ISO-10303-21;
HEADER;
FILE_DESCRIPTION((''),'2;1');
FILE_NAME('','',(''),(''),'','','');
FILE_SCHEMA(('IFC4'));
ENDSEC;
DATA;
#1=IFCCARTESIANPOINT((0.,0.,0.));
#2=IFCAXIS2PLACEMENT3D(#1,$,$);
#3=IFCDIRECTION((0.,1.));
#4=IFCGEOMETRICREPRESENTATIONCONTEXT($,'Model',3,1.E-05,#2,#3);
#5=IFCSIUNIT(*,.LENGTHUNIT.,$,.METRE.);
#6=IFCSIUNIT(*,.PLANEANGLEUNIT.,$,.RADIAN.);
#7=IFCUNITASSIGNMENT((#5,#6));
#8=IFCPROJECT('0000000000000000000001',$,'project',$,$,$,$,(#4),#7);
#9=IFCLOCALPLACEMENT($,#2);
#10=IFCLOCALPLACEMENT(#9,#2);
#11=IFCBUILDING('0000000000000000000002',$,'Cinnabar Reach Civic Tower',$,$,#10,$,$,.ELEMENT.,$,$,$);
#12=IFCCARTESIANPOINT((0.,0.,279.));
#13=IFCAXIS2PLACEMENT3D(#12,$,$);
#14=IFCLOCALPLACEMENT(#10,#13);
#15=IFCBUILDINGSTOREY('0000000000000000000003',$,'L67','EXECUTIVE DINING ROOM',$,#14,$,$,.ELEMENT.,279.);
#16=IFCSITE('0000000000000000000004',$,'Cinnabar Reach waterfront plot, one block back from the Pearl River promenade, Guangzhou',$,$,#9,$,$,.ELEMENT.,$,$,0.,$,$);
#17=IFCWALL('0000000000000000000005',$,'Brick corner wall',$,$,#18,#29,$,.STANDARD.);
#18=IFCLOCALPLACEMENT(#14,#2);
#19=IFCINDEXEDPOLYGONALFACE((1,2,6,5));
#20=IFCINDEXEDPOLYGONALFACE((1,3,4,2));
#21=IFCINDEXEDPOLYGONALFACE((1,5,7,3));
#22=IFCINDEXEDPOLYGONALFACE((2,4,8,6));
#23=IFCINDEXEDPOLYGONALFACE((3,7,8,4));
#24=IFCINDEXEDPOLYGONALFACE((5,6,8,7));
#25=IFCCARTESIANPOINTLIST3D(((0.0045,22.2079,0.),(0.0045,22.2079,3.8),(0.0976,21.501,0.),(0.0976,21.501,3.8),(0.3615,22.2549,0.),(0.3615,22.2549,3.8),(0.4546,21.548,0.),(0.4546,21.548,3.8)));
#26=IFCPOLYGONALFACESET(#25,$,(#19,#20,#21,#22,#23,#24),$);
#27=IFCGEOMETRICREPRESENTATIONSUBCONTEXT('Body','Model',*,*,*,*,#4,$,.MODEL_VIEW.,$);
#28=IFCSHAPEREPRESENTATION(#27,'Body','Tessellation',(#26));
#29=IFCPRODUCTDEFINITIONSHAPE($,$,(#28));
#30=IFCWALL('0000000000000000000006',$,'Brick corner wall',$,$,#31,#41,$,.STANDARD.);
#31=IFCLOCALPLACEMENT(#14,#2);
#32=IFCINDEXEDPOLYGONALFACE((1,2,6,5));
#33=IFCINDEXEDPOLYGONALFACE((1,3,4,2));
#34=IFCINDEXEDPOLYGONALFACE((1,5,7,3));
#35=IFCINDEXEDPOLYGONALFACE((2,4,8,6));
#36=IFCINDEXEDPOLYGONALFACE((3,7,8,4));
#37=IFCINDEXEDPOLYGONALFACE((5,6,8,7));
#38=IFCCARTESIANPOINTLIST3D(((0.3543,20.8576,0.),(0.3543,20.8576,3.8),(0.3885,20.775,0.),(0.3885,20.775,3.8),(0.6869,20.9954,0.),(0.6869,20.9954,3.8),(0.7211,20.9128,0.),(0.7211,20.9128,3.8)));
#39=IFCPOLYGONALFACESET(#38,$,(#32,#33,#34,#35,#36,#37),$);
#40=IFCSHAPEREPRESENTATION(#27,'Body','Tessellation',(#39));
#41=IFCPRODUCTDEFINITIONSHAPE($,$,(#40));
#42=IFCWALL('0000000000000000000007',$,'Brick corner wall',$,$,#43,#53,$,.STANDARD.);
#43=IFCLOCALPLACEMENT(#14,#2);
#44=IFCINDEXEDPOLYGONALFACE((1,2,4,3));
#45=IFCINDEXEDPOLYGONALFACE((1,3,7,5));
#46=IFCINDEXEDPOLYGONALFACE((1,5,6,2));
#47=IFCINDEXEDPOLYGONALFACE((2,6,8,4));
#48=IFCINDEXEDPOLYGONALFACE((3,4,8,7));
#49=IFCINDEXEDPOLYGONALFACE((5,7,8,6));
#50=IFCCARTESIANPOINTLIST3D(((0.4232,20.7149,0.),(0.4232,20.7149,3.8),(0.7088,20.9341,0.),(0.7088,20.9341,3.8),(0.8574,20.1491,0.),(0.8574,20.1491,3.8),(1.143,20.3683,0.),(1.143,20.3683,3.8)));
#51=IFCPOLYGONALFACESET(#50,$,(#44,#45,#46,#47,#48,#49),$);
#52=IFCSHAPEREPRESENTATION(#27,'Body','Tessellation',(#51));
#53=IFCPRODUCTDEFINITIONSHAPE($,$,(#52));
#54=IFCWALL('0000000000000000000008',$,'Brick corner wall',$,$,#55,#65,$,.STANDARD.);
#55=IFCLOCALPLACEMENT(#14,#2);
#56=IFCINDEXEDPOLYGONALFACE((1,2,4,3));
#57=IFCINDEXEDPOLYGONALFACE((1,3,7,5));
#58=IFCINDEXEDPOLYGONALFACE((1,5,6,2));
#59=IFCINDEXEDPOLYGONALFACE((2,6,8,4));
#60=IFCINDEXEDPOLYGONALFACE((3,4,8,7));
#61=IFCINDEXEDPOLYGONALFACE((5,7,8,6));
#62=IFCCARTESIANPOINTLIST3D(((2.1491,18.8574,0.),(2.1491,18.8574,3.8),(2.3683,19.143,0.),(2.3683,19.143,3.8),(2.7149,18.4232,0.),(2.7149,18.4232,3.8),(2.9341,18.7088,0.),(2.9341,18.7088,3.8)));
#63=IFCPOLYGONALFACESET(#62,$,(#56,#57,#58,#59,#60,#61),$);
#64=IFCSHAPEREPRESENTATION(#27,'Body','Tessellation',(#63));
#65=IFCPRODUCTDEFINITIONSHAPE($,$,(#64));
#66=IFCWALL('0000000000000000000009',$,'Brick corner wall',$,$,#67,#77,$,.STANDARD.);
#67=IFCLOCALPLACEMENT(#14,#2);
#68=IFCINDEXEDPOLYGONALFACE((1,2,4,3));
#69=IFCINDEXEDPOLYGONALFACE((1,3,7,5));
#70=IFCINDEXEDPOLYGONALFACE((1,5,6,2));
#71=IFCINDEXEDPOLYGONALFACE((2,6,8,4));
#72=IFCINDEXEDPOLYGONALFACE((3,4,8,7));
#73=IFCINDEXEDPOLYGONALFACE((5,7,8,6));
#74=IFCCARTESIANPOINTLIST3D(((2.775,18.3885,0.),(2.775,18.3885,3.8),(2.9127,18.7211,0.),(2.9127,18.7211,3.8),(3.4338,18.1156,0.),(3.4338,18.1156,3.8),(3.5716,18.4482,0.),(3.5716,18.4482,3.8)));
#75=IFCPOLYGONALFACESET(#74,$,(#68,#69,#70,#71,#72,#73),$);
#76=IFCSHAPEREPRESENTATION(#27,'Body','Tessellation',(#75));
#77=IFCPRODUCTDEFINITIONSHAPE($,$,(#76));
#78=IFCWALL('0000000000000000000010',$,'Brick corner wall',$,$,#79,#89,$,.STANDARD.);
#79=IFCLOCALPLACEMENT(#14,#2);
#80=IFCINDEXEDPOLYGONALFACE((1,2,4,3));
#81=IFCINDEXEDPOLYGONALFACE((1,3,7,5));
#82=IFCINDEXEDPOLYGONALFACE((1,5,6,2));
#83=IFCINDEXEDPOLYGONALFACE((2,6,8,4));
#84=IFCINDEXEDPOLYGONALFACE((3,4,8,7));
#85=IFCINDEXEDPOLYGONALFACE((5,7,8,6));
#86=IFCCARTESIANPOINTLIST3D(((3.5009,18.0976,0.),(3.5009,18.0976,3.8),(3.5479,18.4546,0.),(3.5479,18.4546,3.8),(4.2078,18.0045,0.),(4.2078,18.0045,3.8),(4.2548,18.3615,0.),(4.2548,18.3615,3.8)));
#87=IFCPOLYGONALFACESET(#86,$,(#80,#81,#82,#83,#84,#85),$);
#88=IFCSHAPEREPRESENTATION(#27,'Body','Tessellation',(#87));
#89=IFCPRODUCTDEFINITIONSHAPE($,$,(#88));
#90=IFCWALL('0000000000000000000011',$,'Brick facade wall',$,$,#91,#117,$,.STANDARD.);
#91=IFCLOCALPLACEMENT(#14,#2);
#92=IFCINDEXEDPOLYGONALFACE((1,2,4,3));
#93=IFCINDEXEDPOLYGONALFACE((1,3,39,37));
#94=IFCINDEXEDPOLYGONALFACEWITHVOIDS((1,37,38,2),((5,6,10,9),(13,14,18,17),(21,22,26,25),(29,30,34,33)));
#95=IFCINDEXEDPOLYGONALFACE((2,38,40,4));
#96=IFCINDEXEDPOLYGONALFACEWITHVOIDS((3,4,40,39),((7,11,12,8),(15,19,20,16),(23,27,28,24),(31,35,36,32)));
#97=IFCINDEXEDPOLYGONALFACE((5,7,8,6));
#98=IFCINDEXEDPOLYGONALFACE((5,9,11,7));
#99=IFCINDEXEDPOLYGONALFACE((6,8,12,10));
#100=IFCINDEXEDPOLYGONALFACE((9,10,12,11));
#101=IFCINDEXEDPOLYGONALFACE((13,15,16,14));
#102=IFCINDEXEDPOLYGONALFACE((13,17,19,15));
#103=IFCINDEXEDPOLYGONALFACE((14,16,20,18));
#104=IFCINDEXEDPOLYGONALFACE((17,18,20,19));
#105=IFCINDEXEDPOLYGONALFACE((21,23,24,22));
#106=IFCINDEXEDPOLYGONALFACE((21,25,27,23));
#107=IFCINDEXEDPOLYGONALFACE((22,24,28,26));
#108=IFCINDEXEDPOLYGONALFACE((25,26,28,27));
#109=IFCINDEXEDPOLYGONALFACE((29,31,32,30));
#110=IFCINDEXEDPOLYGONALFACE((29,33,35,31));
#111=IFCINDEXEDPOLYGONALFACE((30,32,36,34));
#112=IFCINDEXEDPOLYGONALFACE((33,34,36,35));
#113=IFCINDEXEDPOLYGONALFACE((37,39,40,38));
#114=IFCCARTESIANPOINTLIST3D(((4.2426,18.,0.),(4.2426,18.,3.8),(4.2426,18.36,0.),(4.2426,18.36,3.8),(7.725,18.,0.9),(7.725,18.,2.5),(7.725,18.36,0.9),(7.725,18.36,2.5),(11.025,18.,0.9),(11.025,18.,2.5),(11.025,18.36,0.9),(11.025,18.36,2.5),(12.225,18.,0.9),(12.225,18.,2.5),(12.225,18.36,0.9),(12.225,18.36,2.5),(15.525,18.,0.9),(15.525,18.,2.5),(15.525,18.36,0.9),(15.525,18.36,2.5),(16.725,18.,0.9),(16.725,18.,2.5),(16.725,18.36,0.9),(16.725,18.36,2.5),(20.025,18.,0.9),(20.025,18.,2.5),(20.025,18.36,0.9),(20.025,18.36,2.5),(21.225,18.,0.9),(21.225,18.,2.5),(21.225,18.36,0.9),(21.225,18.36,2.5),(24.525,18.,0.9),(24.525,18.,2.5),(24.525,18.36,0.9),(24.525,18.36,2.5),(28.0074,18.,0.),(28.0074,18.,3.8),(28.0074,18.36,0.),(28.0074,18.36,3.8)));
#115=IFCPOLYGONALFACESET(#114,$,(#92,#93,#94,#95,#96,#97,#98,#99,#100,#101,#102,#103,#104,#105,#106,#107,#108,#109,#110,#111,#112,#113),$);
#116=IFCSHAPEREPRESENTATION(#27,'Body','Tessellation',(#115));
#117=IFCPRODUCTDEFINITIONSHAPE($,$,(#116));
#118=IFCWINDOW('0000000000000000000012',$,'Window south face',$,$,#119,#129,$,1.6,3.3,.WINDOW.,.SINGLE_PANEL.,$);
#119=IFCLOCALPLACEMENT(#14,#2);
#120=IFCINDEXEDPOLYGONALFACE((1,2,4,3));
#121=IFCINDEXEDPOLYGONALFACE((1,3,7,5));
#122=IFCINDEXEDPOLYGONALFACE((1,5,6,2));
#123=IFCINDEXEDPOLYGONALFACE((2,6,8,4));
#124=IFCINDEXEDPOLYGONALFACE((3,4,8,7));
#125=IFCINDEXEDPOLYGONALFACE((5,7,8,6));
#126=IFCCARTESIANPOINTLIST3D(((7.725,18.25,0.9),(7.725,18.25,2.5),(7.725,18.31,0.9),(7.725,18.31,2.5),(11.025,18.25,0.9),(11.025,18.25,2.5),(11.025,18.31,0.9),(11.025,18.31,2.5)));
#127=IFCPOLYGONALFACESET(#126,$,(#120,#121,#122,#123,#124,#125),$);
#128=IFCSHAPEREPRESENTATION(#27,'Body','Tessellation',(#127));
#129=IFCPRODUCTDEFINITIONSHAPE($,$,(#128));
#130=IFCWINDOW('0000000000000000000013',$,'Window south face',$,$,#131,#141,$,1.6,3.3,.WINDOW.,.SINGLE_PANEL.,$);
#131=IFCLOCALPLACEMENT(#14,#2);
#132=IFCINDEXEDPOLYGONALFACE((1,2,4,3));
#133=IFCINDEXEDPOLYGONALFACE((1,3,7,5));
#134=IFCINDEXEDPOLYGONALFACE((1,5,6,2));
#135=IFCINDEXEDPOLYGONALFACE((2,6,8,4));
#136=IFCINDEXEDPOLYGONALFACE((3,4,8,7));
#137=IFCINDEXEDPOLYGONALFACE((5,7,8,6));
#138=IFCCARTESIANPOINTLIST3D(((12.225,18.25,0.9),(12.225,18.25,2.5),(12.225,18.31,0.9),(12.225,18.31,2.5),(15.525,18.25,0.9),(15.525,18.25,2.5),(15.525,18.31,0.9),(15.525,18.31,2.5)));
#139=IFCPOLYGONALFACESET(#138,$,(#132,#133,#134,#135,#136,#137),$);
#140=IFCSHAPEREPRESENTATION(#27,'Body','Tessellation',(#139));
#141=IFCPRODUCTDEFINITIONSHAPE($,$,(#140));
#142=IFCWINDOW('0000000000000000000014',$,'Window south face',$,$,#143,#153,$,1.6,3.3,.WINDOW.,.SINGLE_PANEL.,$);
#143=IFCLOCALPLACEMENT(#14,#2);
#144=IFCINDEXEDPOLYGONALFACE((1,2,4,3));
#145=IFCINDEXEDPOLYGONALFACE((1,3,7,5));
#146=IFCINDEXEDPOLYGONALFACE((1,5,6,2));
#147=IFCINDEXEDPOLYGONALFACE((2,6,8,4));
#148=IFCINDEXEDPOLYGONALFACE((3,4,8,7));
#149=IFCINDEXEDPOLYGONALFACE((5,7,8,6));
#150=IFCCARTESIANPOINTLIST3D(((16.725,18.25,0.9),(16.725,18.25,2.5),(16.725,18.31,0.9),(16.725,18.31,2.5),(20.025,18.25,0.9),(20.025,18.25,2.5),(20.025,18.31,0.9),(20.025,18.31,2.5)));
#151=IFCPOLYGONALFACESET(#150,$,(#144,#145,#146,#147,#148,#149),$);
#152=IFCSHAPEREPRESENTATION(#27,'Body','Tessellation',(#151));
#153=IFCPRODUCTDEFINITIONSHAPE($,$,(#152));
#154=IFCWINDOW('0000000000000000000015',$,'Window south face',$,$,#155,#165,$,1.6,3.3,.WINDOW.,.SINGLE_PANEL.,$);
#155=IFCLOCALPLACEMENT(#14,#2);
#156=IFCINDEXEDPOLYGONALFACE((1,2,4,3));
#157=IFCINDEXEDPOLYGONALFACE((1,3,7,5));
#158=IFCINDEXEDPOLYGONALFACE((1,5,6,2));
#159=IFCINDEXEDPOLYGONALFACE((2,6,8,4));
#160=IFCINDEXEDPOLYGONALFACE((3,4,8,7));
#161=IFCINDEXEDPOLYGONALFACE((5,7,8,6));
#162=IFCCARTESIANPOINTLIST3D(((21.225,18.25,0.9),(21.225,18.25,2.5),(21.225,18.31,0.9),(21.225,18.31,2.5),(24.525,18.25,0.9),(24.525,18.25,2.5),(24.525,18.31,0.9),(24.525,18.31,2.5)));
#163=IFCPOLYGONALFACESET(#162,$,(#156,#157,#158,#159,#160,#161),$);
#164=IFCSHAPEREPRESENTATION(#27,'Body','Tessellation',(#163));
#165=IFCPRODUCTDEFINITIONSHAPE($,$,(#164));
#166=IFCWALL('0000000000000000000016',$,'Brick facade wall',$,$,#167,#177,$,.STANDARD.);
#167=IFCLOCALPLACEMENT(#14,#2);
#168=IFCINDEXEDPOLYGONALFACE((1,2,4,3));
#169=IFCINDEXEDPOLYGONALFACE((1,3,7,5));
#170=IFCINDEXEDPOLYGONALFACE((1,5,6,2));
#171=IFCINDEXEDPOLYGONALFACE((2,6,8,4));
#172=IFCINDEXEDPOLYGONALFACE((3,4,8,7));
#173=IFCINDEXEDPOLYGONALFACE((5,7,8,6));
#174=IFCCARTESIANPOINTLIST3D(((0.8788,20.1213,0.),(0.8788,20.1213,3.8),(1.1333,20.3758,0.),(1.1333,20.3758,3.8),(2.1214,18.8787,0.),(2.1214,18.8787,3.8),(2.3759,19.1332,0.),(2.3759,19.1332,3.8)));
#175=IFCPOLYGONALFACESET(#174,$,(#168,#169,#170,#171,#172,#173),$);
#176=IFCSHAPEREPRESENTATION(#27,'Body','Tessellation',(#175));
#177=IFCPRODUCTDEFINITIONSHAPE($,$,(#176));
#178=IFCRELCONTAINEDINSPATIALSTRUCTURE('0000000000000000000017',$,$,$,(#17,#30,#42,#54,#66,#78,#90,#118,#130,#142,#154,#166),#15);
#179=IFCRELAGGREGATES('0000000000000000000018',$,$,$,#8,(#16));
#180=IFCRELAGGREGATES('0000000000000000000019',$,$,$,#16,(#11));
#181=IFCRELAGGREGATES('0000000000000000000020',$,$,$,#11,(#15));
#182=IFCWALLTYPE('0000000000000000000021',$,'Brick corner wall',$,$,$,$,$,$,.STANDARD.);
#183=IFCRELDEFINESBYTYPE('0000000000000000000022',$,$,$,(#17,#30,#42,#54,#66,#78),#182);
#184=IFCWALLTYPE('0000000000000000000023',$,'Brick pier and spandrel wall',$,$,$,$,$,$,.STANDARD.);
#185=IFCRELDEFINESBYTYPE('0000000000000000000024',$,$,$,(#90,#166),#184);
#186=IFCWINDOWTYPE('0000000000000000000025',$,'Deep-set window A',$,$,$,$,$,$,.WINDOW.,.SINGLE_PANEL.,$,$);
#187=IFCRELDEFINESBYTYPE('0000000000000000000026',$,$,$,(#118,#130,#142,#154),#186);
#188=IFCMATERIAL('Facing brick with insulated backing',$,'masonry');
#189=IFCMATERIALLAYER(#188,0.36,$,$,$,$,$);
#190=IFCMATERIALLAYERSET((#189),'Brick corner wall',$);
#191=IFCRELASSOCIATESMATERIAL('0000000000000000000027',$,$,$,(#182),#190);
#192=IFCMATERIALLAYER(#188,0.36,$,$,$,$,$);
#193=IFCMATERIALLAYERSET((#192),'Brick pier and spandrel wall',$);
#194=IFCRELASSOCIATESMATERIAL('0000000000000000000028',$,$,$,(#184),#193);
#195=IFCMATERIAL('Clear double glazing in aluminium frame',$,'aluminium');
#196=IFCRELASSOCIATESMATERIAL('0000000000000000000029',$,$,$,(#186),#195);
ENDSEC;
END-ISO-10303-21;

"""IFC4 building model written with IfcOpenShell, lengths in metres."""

from ifc_helpers import new_model, si_unit, direction, frame, frame_2d, origin, place, context, subcontext, project, spatial, rectangle, extrude, material, layer, layer_set, type_object, element, fill, save


model = new_model("IFC4")

# Units and contexts
model_context = context("Model", 3, precision=1e-05, world=origin(), true_north=direction((0.0, 1.0)))
body_context = subcontext(model_context, "Body", "Model", "MODEL_VIEW")
ifc_project = project(units=[si_unit("LENGTHUNIT", "METRE"), si_unit("PLANEANGLEUNIT", "RADIAN")], contexts=[model_context])

# Site, building, storey
site_placement = place(None, origin())
site = spatial("IfcSite", under=ifc_project, at=site_placement, Name="Cinnabar Reach waterfront plot, one block back from the Pearl River promenade, Guangzhou", CompositionType="ELEMENT", RefElevation=0.0)
building_placement = place(site_placement, origin())
building = spatial("IfcBuilding", under=site, at=building_placement, Name="Cinnabar Reach Civic Tower", CompositionType="ELEMENT")
storey_placement = place(building_placement, frame((0.0, 0.0, 279.0)))
storey = spatial("IfcBuildingStorey", under=building, at=storey_placement, Name="L67", Description="EXECUTIVE DINING ROOM", CompositionType="ELEMENT", Elevation=279.0)

# Walls
ifc_material_1 = material(Name="Facing brick with insulated backing", Category="masonry")
ifc_layer_1 = layer(ifc_material_1, 0.36)
ifc_layer_set_1 = layer_set([ifc_layer_1], Name="Brick corner wall")
wall_type_1 = type_object("IfcWallType", Name="Brick corner wall", PredefinedType="STANDARD", material=ifc_layer_set_1)
wall_1_placement = place(storey_placement, frame((0.183, 22.2314, 0.0), z_axis=(0.0, 0.0, 1.0), x_axis=(0.130556, -0.991441, 0.0)))
element("IfcWall", 1, at=wall_1_placement, inside=storey, type_object=wall_type_1, Name="Brick corner wall", PredefinedType="STANDARD", context=body_context, shape_type="SweptSolid", body=[
    extrude(rectangle(XDim=0.7131, YDim=0.36, at=frame_2d((0.3565, 0.0))), origin(), (0.0, 0.0, 1.0), 3.8),
])
wall_2_placement = place(storey_placement, frame((0.5206, 20.9265, 0.0), z_axis=(0.0, 0.0, 1.0), x_axis=(0.382549, -0.923935, 0.0)))
element("IfcWall", 2, at=wall_2_placement, inside=storey, type_object=wall_type_1, Name="Brick corner wall", PredefinedType="STANDARD", context=body_context, shape_type="SweptSolid", body=[
    extrude(rectangle(XDim=0.0894, YDim=0.36, at=frame_2d((0.0447, 0.0))), origin(), (0.0, 0.0, 1.0), 3.8),
])
for number, where, z_axis, x_axis, name in (
    (3, (0.566, 20.8245, 0.0), (0.0, 0.0, 1.0), (0.608802, -0.793322, 0.0), "Brick corner wall"),
    (4, (2.2587, 19.0002, 0.0), (0.0, 0.0, 1.0), (0.793322, -0.608802, 0.0), "Brick corner wall"),
):
    element("IfcWall", number, at=place(storey_placement, frame(where, z_axis=z_axis, x_axis=x_axis)), inside=storey, type_object=wall_type_1, Name=name, PredefinedType="STANDARD", context=body_context, shape_type="SweptSolid", body=[
        extrude(rectangle(XDim=0.7132, YDim=0.36, at=frame_2d((0.3566, 0.0))), origin(), (0.0, 0.0, 1.0), 3.8),
    ])
for number, where, z_axis, x_axis, name in (
    (5, (2.8439, 18.5548, 0.0), (0.0, 0.0, 1.0), (0.923872, -0.382703, 0.0), "Brick corner wall"),
    (6, (3.5244, 18.2761, 0.0), (0.0, 0.0, 1.0), (0.991441, -0.130556, 0.0), "Brick corner wall"),
):
    element("IfcWall", number, at=place(storey_placement, frame(where, z_axis=z_axis, x_axis=x_axis)), inside=storey, type_object=wall_type_1, Name=name, PredefinedType="STANDARD", context=body_context, shape_type="SweptSolid", body=[
        extrude(rectangle(XDim=0.7131, YDim=0.36, at=frame_2d((0.3565, 0.0))), origin(), (0.0, 0.0, 1.0), 3.8),
    ])

# Wall, openings, windows
ifc_layer_2 = layer(ifc_material_1, 0.36)
ifc_layer_set_2 = layer_set([ifc_layer_2], Name="Brick pier and spandrel wall")
wall_type_2 = type_object("IfcWallType", Name="Brick pier and spandrel wall", PredefinedType="STANDARD", material=ifc_layer_set_2)
wall_3_placement = place(storey_placement, frame((4.2426, 18.18, 0.0), z_axis=(0.0, 0.0, 1.0), x_axis=(1.0, 0.0, 0.0)))
wall_3 = element("IfcWall", 7, at=wall_3_placement, inside=storey, type_object=wall_type_2, Name="Brick facade wall", PredefinedType="STANDARD", context=body_context, shape_type="SweptSolid", body=[
    extrude(rectangle(XDim=23.7648, YDim=0.36, at=frame_2d((11.8824, 0.0))), origin(), (0.0, 0.0, 1.0), 3.8),
])
opening_1_placement = place(wall_3_placement, frame((3.4824, 0.0, 0.9)))
opening_1 = element("IfcOpeningElement", 8, at=opening_1_placement, cuts=wall_3, PredefinedType="OPENING", context=body_context, shape_type="SweptSolid", body=[
    extrude(rectangle(XDim=3.3, YDim=1.6, at=frame_2d((1.65, 0.8))), frame((0.0, 0.19, 0.0), z_axis=(0.0, -1.0, 0.0), x_axis=(1.0, 0.0, 0.0)), (0.0, 0.0, 1.0), 0.38),
])
opening_2_placement = place(wall_3_placement, frame((7.9824, 0.0, 0.9)))
opening_2 = element("IfcOpeningElement", 9, at=opening_2_placement, cuts=wall_3, PredefinedType="OPENING", context=body_context, shape_type="SweptSolid", body=[
    extrude(rectangle(XDim=3.3, YDim=1.6, at=frame_2d((1.65, 0.8))), frame((0.0, 0.19, 0.0), z_axis=(0.0, -1.0, 0.0), x_axis=(1.0, 0.0, 0.0)), (0.0, 0.0, 1.0), 0.38),
])
opening_3_placement = place(wall_3_placement, frame((12.4824, 0.0, 0.9)))
opening_3 = element("IfcOpeningElement", 10, at=opening_3_placement, cuts=wall_3, PredefinedType="OPENING", context=body_context, shape_type="SweptSolid", body=[
    extrude(rectangle(XDim=3.3, YDim=1.6, at=frame_2d((1.65, 0.8))), frame((0.0, 0.19, 0.0), z_axis=(0.0, -1.0, 0.0), x_axis=(1.0, 0.0, 0.0)), (0.0, 0.0, 1.0), 0.38),
])
opening_4_placement = place(wall_3_placement, frame((16.9824, 0.0, 0.9)))
opening_4 = element("IfcOpeningElement", 11, at=opening_4_placement, cuts=wall_3, PredefinedType="OPENING", context=body_context, shape_type="SweptSolid", body=[
    extrude(rectangle(XDim=3.3, YDim=1.6, at=frame_2d((1.65, 0.8))), frame((0.0, 0.19, 0.0), z_axis=(0.0, -1.0, 0.0), x_axis=(1.0, 0.0, 0.0)), (0.0, 0.0, 1.0), 0.38),
])
ifc_material_2 = material(Name="Clear double glazing in aluminium frame", Category="aluminium")
window_type = type_object("IfcWindowType", Name="Deep-set window A", PartitioningType="SINGLE_PANEL", PredefinedType="WINDOW", material=ifc_material_2)
window_1_placement = place(opening_1_placement, origin())
window_1 = element("IfcWindow", 12, at=window_1_placement, inside=storey, type_object=window_type, Name="Window south face", OverallHeight=1.6, OverallWidth=3.3, PartitioningType="SINGLE_PANEL", PredefinedType="WINDOW", context=body_context, shape_type="SweptSolid", body=[
    extrude(rectangle(XDim=3.3, YDim=1.6, at=frame_2d((1.65, 0.8))), frame((0.0, 0.13, 0.0), z_axis=(0.0, -1.0, 0.0), x_axis=(1.0, 0.0, 0.0)), (0.0, 0.0, 1.0), 0.06),
])
fill(opening_1, window_1)
window_2_placement = place(opening_2_placement, origin())
window_2 = element("IfcWindow", 13, at=window_2_placement, inside=storey, type_object=window_type, Name="Window south face", OverallHeight=1.6, OverallWidth=3.3, PartitioningType="SINGLE_PANEL", PredefinedType="WINDOW", context=body_context, shape_type="SweptSolid", body=[
    extrude(rectangle(XDim=3.3, YDim=1.6, at=frame_2d((1.65, 0.8))), frame((0.0, 0.13, 0.0), z_axis=(0.0, -1.0, 0.0), x_axis=(1.0, 0.0, 0.0)), (0.0, 0.0, 1.0), 0.06),
])
fill(opening_2, window_2)
window_3_placement = place(opening_3_placement, origin())
window_3 = element("IfcWindow", 14, at=window_3_placement, inside=storey, type_object=window_type, Name="Window south face", OverallHeight=1.6, OverallWidth=3.3, PartitioningType="SINGLE_PANEL", PredefinedType="WINDOW", context=body_context, shape_type="SweptSolid", body=[
    extrude(rectangle(XDim=3.3, YDim=1.6, at=frame_2d((1.65, 0.8))), frame((0.0, 0.13, 0.0), z_axis=(0.0, -1.0, 0.0), x_axis=(1.0, 0.0, 0.0)), (0.0, 0.0, 1.0), 0.06),
])
fill(opening_3, window_3)
window_4_placement = place(opening_4_placement, origin())
window_4 = element("IfcWindow", 15, at=window_4_placement, inside=storey, type_object=window_type, Name="Window south face", OverallHeight=1.6, OverallWidth=3.3, PartitioningType="SINGLE_PANEL", PredefinedType="WINDOW", context=body_context, shape_type="SweptSolid", body=[
    extrude(rectangle(XDim=3.3, YDim=1.6, at=frame_2d((1.65, 0.8))), frame((0.0, 0.13, 0.0), z_axis=(0.0, -1.0, 0.0), x_axis=(1.0, 0.0, 0.0)), (0.0, 0.0, 1.0), 0.06),
])
fill(opening_4, window_4)

# Wall
wall_4_placement = place(storey_placement, frame((1.006, 20.2486, 0.0), z_axis=(0.0, 0.0, 1.0), x_axis=(0.707107, -0.707107, 0.0)))
element("IfcWall", 16, at=wall_4_placement, inside=storey, type_object=wall_type_2, Name="Brick facade wall", PredefinedType="STANDARD", context=body_context, shape_type="SweptSolid", body=[
    extrude(rectangle(XDim=1.7573, YDim=0.36, at=frame_2d((0.8787, 0.0))), origin(), (0.0, 0.0, 1.0), 3.8),
])

save(model, "model.ifc")
